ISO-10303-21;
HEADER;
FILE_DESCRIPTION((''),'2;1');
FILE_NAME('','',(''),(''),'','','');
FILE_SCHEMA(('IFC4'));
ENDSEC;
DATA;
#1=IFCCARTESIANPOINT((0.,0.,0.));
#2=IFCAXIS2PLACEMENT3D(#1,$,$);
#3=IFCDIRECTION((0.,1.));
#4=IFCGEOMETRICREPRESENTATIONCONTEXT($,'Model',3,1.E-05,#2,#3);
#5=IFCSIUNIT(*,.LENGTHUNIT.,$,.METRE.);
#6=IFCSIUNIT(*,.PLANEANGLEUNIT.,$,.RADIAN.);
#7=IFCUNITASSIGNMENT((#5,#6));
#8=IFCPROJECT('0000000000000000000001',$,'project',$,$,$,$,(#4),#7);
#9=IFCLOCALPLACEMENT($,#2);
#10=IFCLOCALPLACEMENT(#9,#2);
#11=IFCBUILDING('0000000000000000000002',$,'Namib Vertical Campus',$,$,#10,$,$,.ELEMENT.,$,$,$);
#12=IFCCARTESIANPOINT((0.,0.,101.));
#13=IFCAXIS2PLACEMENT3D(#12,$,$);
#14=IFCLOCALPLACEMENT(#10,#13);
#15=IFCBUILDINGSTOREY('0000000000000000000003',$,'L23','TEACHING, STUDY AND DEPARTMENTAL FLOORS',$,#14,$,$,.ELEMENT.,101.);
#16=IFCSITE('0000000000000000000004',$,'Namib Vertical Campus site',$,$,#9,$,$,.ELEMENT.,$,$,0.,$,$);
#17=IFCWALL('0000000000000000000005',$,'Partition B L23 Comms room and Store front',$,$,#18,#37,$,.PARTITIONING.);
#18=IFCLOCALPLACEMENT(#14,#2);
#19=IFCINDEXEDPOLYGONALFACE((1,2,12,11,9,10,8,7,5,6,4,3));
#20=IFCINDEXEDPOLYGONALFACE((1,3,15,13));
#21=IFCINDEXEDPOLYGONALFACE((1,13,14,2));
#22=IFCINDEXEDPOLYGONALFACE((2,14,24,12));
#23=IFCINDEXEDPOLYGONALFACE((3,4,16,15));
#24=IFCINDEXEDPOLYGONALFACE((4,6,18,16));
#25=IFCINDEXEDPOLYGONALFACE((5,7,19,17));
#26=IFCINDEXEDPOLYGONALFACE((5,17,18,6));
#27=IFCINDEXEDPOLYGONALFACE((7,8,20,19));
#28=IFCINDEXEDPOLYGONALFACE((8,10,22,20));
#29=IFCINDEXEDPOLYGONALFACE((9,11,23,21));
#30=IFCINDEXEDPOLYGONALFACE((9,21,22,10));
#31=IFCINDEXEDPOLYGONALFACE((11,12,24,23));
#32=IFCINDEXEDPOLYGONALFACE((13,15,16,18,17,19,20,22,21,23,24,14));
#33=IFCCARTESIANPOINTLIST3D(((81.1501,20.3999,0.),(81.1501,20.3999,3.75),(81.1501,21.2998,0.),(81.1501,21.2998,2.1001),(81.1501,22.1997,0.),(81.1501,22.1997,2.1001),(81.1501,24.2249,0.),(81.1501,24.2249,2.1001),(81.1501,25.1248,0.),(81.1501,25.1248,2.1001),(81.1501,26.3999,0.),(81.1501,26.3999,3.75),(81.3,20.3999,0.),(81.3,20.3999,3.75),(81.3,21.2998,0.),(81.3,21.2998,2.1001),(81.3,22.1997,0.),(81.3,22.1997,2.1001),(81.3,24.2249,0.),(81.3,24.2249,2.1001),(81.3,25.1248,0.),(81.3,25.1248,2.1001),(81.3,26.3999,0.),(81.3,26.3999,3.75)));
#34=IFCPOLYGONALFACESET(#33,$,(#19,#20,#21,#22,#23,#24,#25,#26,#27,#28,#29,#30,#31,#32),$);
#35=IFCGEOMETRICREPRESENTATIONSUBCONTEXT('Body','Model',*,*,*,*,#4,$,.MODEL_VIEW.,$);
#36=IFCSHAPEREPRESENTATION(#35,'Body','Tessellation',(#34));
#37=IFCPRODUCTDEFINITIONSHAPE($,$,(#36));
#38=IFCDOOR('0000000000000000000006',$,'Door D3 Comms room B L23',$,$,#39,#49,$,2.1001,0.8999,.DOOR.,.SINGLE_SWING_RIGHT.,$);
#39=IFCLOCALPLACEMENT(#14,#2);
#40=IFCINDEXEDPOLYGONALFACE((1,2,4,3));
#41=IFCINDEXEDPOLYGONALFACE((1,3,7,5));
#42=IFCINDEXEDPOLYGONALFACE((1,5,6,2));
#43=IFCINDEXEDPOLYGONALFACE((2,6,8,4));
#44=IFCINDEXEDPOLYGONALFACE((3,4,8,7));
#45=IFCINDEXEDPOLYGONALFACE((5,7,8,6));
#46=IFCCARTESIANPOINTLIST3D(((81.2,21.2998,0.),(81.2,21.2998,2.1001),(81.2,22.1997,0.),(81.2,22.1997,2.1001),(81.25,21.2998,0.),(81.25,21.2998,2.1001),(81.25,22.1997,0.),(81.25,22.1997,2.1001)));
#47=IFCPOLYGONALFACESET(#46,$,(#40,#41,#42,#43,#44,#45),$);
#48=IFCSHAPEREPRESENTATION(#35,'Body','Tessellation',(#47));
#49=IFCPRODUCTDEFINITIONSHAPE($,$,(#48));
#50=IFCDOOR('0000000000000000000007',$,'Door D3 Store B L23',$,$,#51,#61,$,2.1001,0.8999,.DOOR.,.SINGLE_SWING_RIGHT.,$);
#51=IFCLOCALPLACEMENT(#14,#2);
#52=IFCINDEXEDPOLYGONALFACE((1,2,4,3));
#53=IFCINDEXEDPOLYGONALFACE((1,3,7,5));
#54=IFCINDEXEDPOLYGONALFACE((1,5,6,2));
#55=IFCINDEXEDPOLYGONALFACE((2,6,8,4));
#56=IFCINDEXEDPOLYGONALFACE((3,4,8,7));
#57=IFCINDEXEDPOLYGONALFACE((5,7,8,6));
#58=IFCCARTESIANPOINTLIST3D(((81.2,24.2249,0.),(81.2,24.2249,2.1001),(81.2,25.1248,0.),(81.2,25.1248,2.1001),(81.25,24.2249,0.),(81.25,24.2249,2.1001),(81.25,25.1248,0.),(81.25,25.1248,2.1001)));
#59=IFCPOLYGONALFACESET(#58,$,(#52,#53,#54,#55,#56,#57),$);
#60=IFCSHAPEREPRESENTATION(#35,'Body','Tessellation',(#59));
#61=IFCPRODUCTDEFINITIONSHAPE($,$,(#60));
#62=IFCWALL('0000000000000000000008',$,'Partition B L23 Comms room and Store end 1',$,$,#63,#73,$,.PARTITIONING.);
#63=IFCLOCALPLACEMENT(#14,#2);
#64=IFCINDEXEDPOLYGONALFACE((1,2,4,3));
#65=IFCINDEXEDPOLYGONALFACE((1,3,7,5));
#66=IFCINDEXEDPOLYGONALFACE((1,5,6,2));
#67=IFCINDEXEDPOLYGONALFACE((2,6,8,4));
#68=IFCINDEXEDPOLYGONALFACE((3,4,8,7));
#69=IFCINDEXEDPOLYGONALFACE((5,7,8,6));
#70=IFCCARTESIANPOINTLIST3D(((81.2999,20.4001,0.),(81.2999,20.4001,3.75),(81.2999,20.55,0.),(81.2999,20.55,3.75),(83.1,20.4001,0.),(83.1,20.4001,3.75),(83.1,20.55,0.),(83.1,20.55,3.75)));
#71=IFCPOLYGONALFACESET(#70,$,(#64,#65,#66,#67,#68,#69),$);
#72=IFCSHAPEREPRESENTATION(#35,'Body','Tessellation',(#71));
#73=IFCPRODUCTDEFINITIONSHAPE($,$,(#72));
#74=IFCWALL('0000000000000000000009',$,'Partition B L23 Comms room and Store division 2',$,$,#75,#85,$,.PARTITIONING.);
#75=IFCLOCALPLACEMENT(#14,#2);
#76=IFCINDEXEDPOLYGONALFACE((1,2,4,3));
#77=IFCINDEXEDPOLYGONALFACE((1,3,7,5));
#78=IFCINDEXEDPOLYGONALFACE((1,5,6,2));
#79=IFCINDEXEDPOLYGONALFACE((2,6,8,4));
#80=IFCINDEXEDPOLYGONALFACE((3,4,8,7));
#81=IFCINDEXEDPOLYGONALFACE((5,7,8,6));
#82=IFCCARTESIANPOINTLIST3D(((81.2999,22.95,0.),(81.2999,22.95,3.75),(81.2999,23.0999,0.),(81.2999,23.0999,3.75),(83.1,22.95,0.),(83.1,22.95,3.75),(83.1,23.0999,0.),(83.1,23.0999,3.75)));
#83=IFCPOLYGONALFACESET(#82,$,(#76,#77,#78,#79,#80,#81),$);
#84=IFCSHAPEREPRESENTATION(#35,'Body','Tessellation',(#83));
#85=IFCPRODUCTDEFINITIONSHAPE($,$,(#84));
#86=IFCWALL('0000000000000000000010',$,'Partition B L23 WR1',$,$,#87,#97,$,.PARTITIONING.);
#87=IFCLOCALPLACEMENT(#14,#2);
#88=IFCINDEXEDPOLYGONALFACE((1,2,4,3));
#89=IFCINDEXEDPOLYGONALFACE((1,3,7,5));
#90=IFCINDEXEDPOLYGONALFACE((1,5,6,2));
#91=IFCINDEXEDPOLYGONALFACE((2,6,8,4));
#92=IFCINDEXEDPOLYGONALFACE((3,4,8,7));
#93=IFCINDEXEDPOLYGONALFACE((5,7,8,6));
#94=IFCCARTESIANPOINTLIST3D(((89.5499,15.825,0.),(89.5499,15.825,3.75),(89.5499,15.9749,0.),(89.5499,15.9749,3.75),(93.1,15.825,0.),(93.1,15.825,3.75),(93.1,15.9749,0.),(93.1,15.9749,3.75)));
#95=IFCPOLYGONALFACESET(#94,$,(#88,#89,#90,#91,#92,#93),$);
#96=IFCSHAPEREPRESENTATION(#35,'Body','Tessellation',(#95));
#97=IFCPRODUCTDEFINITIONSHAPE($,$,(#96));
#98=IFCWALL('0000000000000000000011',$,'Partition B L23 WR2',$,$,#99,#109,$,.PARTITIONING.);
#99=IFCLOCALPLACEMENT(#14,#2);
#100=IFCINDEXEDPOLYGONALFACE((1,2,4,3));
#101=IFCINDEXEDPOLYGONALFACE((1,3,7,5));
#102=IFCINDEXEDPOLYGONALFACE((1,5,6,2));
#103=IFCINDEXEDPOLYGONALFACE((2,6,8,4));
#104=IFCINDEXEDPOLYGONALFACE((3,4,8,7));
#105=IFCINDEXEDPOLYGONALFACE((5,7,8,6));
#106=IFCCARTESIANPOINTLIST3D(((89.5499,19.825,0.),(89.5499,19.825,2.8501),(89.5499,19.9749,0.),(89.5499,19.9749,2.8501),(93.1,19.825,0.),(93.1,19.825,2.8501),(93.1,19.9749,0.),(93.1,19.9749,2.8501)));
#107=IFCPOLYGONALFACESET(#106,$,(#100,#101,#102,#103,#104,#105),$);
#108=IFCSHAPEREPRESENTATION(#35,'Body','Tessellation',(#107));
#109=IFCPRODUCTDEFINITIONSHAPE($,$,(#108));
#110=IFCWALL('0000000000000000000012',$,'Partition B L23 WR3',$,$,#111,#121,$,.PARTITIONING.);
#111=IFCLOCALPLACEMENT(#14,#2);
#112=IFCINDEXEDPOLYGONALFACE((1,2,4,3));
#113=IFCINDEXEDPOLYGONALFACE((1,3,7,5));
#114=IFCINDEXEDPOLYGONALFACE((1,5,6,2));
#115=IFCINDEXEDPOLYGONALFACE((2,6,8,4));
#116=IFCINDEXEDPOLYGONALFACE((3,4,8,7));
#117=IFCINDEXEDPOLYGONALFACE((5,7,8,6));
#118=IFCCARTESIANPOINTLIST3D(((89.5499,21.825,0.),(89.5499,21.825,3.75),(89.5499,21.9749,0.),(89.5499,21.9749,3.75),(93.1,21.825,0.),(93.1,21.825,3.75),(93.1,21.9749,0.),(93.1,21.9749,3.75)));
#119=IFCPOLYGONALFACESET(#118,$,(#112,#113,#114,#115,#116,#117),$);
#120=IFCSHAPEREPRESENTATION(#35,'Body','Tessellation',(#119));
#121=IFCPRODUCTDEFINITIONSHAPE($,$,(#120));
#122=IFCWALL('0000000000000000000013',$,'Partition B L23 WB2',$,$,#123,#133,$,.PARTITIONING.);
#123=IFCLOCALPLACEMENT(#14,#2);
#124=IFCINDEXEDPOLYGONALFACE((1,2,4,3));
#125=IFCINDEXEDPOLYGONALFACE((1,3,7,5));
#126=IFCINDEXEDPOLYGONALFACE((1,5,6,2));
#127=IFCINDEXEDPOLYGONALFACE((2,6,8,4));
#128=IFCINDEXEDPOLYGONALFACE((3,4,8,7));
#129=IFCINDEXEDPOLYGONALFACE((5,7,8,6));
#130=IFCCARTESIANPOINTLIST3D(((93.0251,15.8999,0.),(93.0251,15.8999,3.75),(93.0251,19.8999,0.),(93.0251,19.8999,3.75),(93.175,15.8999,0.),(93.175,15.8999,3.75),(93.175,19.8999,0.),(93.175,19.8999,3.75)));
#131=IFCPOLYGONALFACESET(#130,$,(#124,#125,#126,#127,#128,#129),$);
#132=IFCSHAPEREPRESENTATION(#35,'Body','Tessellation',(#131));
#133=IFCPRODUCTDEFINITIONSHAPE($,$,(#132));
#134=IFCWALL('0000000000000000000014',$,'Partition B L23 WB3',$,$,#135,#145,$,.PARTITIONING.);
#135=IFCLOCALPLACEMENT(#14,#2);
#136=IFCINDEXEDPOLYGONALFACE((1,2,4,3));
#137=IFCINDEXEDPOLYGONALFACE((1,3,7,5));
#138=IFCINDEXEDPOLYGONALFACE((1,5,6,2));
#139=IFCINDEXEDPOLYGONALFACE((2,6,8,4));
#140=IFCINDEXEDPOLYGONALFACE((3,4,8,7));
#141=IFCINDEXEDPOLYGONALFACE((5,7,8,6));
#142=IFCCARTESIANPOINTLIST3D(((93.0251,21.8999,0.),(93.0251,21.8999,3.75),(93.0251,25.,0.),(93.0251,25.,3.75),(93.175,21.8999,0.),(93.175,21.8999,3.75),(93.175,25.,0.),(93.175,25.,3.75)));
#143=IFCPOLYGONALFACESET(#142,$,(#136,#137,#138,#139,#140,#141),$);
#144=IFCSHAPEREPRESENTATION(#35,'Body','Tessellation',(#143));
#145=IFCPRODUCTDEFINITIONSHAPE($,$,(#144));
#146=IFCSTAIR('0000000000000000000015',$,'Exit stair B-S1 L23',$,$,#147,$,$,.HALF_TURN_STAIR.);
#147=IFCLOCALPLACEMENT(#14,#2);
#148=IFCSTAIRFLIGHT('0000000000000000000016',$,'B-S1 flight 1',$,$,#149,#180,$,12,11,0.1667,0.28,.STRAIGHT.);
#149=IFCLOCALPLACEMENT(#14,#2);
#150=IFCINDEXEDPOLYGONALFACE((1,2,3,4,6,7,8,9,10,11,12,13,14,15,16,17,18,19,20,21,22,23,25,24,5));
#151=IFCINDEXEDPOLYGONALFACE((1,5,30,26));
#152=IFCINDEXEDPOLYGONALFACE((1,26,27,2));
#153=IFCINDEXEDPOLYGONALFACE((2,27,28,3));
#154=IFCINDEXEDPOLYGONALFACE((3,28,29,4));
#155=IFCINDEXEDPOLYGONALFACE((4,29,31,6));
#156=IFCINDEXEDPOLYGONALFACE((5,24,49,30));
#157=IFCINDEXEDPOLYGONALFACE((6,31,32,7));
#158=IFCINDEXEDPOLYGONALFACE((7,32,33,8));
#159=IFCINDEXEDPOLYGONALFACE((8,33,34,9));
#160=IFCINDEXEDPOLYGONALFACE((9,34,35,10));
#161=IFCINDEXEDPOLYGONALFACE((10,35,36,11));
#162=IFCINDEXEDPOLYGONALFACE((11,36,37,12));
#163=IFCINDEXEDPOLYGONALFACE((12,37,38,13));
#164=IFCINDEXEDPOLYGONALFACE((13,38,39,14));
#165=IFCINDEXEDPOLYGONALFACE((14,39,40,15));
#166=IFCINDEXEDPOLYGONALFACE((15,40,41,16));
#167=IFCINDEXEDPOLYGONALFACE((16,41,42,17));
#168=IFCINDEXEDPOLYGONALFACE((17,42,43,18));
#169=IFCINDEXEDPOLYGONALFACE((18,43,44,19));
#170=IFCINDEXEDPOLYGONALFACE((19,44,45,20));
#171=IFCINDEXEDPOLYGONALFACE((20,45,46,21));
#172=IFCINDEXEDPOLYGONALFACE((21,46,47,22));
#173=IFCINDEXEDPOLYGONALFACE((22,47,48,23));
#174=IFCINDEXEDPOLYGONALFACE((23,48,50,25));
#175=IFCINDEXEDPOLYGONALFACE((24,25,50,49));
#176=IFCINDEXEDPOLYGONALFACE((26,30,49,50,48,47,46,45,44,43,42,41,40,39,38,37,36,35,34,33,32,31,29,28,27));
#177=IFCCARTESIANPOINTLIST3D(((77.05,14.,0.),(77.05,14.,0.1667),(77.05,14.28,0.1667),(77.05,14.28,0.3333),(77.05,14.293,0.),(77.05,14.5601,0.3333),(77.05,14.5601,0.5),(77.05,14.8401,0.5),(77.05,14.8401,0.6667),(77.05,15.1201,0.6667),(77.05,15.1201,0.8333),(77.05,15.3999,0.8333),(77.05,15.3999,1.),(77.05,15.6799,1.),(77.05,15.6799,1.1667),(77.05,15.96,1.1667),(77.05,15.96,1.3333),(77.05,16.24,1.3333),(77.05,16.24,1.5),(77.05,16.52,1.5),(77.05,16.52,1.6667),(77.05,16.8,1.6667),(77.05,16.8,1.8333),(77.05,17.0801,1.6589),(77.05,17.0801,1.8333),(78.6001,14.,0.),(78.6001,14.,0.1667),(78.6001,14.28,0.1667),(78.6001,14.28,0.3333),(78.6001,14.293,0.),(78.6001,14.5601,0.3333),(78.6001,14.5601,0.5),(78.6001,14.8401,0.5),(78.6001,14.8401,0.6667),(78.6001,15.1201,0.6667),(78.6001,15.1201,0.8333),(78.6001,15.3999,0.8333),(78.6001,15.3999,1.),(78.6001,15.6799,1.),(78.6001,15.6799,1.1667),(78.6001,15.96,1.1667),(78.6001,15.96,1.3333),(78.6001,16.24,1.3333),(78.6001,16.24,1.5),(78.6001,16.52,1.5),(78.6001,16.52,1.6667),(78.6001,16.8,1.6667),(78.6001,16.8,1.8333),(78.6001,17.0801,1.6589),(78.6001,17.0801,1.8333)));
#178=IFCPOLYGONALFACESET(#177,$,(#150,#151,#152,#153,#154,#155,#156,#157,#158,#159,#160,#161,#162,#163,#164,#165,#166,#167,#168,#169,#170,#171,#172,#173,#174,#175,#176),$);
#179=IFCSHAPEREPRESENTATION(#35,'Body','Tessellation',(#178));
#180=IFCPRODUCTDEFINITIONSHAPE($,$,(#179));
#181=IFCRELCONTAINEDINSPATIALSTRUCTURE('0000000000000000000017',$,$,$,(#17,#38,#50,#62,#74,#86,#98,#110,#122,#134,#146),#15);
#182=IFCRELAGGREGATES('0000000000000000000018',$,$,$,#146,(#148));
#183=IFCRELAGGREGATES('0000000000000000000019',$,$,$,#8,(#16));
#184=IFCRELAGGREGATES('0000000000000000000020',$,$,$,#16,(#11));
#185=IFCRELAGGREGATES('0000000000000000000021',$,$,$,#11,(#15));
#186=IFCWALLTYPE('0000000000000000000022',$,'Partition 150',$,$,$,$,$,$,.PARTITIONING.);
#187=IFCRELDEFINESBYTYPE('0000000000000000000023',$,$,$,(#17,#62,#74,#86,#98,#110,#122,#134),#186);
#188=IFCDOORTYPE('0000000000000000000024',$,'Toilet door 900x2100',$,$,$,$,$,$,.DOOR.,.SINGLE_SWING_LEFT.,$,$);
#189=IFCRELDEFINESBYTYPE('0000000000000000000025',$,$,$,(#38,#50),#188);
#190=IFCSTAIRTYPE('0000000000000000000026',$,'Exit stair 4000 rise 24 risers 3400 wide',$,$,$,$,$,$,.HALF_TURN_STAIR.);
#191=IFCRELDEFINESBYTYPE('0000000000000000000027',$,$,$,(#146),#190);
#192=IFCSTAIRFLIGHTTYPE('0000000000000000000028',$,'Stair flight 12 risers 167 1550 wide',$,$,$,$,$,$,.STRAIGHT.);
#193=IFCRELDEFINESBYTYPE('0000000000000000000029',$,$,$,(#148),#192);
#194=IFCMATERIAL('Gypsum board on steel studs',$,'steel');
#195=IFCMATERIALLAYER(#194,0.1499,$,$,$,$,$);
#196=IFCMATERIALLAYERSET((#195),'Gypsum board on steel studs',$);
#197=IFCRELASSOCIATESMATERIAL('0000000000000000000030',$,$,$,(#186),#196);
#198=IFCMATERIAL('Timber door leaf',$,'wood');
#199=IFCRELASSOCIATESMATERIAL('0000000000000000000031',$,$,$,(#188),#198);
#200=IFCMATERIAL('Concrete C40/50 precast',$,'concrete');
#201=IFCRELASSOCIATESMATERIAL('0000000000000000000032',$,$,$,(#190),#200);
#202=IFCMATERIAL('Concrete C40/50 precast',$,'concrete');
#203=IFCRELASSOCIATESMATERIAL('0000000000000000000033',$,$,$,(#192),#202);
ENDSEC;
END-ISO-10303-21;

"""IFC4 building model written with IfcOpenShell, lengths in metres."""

from ifc_helpers import new_model, si_unit, direction, frame, frame_2d, origin, place, context, subcontext, project, spatial, polyline, rectangle, outline, extrude, material, layer, layer_set, type_object, element, fill, aggregate, save


model = new_model("IFC4")

# Units and contexts
model_context = context("Model", 3, precision=1e-05, world=origin(), true_north=direction((0.0, 1.0)))
body_context = subcontext(model_context, "Body", "Model", "MODEL_VIEW")
ifc_project = project(units=[si_unit("LENGTHUNIT", "METRE"), si_unit("PLANEANGLEUNIT", "RADIAN")], contexts=[model_context])

# Site, building, storey
site_placement = place(None, origin())
site = spatial("IfcSite", under=ifc_project, at=site_placement, Name="Namib Vertical Campus site", CompositionType="ELEMENT", RefElevation=0.0)
building_placement = place(site_placement, origin())
building = spatial("IfcBuilding", under=site, at=building_placement, Name="Namib Vertical Campus", CompositionType="ELEMENT")
storey_placement = place(building_placement, frame((0.0, 0.0, 101.0)))
storey = spatial("IfcBuildingStorey", under=building, at=storey_placement, Name="L23", Description="TEACHING, STUDY AND DEPARTMENTAL FLOORS", CompositionType="ELEMENT", Elevation=101.0)

# Wall, openings, doors
ifc_material_1 = material(Name="Gypsum board on steel studs", Category="steel")
ifc_layer_1 = layer(ifc_material_1, 0.1499)
ifc_layer_set_1 = layer_set([ifc_layer_1], Name="Gypsum board on steel studs")
wall_type_1 = type_object("IfcWallType", Name="Partition 150", PredefinedType="PARTITIONING", material=ifc_layer_set_1)
wall_1_placement = place(storey_placement, frame((81.2251, 20.3999, 0.0), z_axis=(0.0, 0.0, 1.0), x_axis=(0.0, 1.0, 0.0)))
wall_1 = element("IfcWall", 1, at=wall_1_placement, inside=storey, type_object=wall_type_1, Name="Partition B L23 Comms room and Store front", PredefinedType="PARTITIONING", context=body_context, shape_type="SweptSolid", body=[
    extrude(rectangle(XDim=6.0, YDim=0.1499, at=frame_2d((3.0, 0.0))), origin(), (0.0, 0.0, 1.0), 3.75),
])
opening_1_placement = place(wall_1_placement, frame((0.8999, 0.0, 0.0)))
opening_1 = element("IfcOpeningElement", 2, at=opening_1_placement, cuts=wall_1, PredefinedType="OPENING", context=body_context, shape_type="SweptSolid", body=[
    extrude(rectangle(XDim=0.8999, YDim=2.1001, at=frame_2d((0.45, 1.05))), frame((0.0, 0.085, 0.0), z_axis=(0.0, -1.0, 0.0), x_axis=(1.0, 0.0, 0.0)), (0.0, 0.0, 1.0), 0.1699),
])
opening_2_placement = place(wall_1_placement, frame((3.825, 0.0, 0.0)))
opening_2 = element("IfcOpeningElement", 3, at=opening_2_placement, cuts=wall_1, PredefinedType="OPENING", context=body_context, shape_type="SweptSolid", body=[
    extrude(rectangle(XDim=0.8999, YDim=2.1001, at=frame_2d((0.45, 1.05))), frame((0.0, 0.085, 0.0), z_axis=(0.0, -1.0, 0.0), x_axis=(1.0, 0.0, 0.0)), (0.0, 0.0, 1.0), 0.1699),
])
ifc_material_2 = material(Name="Timber door leaf", Category="wood")
door_type_1 = type_object("IfcDoorType", Name="Toilet door 900x2100", OperationType="SINGLE_SWING_LEFT", PredefinedType="DOOR", material=ifc_material_2)
door_1_placement = place(opening_1_placement, frame((0.8999, 0.0, 0.0), z_axis=(0.0, 0.0, 1.0), x_axis=(-1.0, 0.0, 0.0)))
door_1 = element("IfcDoor", 4, at=door_1_placement, inside=storey, type_object=door_type_1, Name="Door D3 Comms room B L23", OperationType="SINGLE_SWING_RIGHT", OverallHeight=2.1001, OverallWidth=0.8999, PredefinedType="DOOR", context=body_context, shape_type="SweptSolid", body=[
    extrude(rectangle(XDim=0.8999, YDim=2.1001, at=frame_2d((0.45, 1.05))), frame((0.0, 0.0249, 0.0), z_axis=(0.0, -1.0, 0.0), x_axis=(1.0, 0.0, 0.0)), (0.0, 0.0, 1.0), 0.05),
])
fill(opening_1, door_1)
door_2_placement = place(opening_2_placement, frame((0.8999, 0.0, 0.0), z_axis=(0.0, 0.0, 1.0), x_axis=(-1.0, 0.0, 0.0)))
door_2 = element("IfcDoor", 5, at=door_2_placement, inside=storey, type_object=door_type_1, Name="Door D3 Store B L23", OperationType="SINGLE_SWING_RIGHT", OverallHeight=2.1001, OverallWidth=0.8999, PredefinedType="DOOR", context=body_context, shape_type="SweptSolid", body=[
    extrude(rectangle(XDim=0.8999, YDim=2.1001, at=frame_2d((0.45, 1.05))), frame((0.0, 0.0249, 0.0), z_axis=(0.0, -1.0, 0.0), x_axis=(1.0, 0.0, 0.0)), (0.0, 0.0, 1.0), 0.05),
])
fill(opening_2, door_2)

# Walls
for number, where, z_axis, x_axis, name in (
    (6, (81.3, 20.4751, 0.0), (0.0, 0.0, 1.0), (1.0, 0.0, 0.0), "Partition B L23 Comms room and Store end 1"),
    (7, (81.3, 23.0249, 0.0), (0.0, 0.0, 1.0), (1.0, 0.0, 0.0), "Partition B L23 Comms room and Store division 2"),
):
    element("IfcWall", number, at=place(storey_placement, frame(where, z_axis=z_axis, x_axis=x_axis)), inside=storey, type_object=wall_type_1, Name=name, PredefinedType="PARTITIONING", context=body_context, shape_type="SweptSolid", body=[
        extrude(rectangle(XDim=1.8, YDim=0.1499, at=frame_2d((0.8999, 0.0))), origin(), (0.0, 0.0, 1.0), 3.75),
    ])
wall_2_placement = place(storey_placement, frame((89.55, 15.8999, 0.0), z_axis=(0.0, 0.0, 1.0), x_axis=(1.0, 0.0, 0.0)))
element("IfcWall", 8, at=wall_2_placement, inside=storey, type_object=wall_type_1, Name="Partition B L23 WR1", PredefinedType="PARTITIONING", context=body_context, shape_type="SweptSolid", body=[
    extrude(rectangle(XDim=3.55, YDim=0.1499, at=frame_2d((1.7749, 0.0))), origin(), (0.0, 0.0, 1.0), 3.75),
])
wall_3_placement = place(storey_placement, frame((89.55, 19.8999, 0.0), z_axis=(0.0, 0.0, 1.0), x_axis=(1.0, 0.0, 0.0)))
element("IfcWall", 9, at=wall_3_placement, inside=storey, type_object=wall_type_1, Name="Partition B L23 WR2", PredefinedType="PARTITIONING", context=body_context, shape_type="SweptSolid", body=[
    extrude(rectangle(XDim=3.55, YDim=0.1499, at=frame_2d((1.7749, 0.0))), origin(), (0.0, 0.0, 1.0), 2.8501),
])
wall_4_placement = place(storey_placement, frame((89.55, 21.8999, 0.0), z_axis=(0.0, 0.0, 1.0), x_axis=(1.0, 0.0, 0.0)))
element("IfcWall", 10, at=wall_4_placement, inside=storey, type_object=wall_type_1, Name="Partition B L23 WR3", PredefinedType="PARTITIONING", context=body_context, shape_type="SweptSolid", body=[
    extrude(rectangle(XDim=3.55, YDim=0.1499, at=frame_2d((1.7749, 0.0))), origin(), (0.0, 0.0, 1.0), 3.75),
])
wall_5_placement = place(storey_placement, frame((93.1001, 15.8999, 0.0), z_axis=(0.0, 0.0, 1.0), x_axis=(0.0, 1.0, 0.0)))
element("IfcWall", 11, at=wall_5_placement, inside=storey, type_object=wall_type_1, Name="Partition B L23 WB2", PredefinedType="PARTITIONING", context=body_context, shape_type="SweptSolid", body=[
    extrude(rectangle(XDim=4.0, YDim=0.1499, at=frame_2d((2.0, 0.0))), origin(), (0.0, 0.0, 1.0), 3.75),
])
wall_6_placement = place(storey_placement, frame((93.1001, 21.8999, 0.0), z_axis=(0.0, 0.0, 1.0), x_axis=(0.0, 1.0, 0.0)))
element("IfcWall", 12, at=wall_6_placement, inside=storey, type_object=wall_type_1, Name="Partition B L23 WB3", PredefinedType="PARTITIONING", context=body_context, shape_type="SweptSolid", body=[
    extrude(rectangle(XDim=3.1001, YDim=0.1499, at=frame_2d((1.55, 0.0))), origin(), (0.0, 0.0, 1.0), 3.75),
])

# Stair, stair flight
ifc_material_3 = material(Name="Concrete C40/50 precast", Category="concrete")
stair_type = type_object("IfcStairType", Name="Exit stair 4000 rise 24 risers 3400 wide", PredefinedType="HALF_TURN_STAIR", material=ifc_material_3)
stair_1_placement = place(storey_placement, origin())
stair_1 = element("IfcStair", 13, at=stair_1_placement, inside=storey, type_object=stair_type, Name="Exit stair B-S1 L23", PredefinedType="HALF_TURN_STAIR")
ifc_material_4 = material(Name="Concrete C40/50 precast", Category="concrete")
stair_flight_type = type_object("IfcStairFlightType", Name="Stair flight 12 risers 167 1550 wide", PredefinedType="STRAIGHT", material=ifc_material_4)
stair_flight_1_placement = place(storey_placement, frame((77.825, 14.0, 0.0), z_axis=(0.0, 0.0, 1.0), x_axis=(0.0, 1.0, 0.0)))
stair_flight_1 = element("IfcStairFlight", 14, at=stair_flight_1_placement, type_object=stair_flight_type, Name="B-S1 flight 1", NumberOfRisers=12, NumberOfTreads=11, PredefinedType="STRAIGHT", RiserHeight=0.1667, TreadLength=0.28, context=body_context, shape_type="SweptSolid", body=[
    extrude(outline(polyline([(0.0, 0.0), (0.0, 0.1667), (0.28, 0.1667), (0.28, 0.3333), (0.5601, 0.3333), (0.5601, 0.5), (0.8401, 0.5), (0.8401, 0.6667), (1.1201, 0.6667), (1.1201, 0.8333), (1.3999, 0.8333), (1.3999, 1.0), (1.6799, 1.0), (1.6799, 1.1667), (1.96, 1.1667), (1.96, 1.3333), (2.24, 1.3333), (2.24, 1.5), (2.52, 1.5), (2.52, 1.6667), (2.8, 1.6667), (2.8, 1.8333), (3.0801, 1.8333), (3.0801, 2.0), (3.0801, 1.6589), (0.293, 0.0), (0.0, 0.0)])), frame((0.0, 0.7749, 0.0), z_axis=(0.0, -1.0, 0.0), x_axis=(1.0, 0.0, 0.0)), (0.0, 0.0, 1.0), 1.55),
])
aggregate(stair_1, [stair_flight_1])

save(model, "model.ifc")
